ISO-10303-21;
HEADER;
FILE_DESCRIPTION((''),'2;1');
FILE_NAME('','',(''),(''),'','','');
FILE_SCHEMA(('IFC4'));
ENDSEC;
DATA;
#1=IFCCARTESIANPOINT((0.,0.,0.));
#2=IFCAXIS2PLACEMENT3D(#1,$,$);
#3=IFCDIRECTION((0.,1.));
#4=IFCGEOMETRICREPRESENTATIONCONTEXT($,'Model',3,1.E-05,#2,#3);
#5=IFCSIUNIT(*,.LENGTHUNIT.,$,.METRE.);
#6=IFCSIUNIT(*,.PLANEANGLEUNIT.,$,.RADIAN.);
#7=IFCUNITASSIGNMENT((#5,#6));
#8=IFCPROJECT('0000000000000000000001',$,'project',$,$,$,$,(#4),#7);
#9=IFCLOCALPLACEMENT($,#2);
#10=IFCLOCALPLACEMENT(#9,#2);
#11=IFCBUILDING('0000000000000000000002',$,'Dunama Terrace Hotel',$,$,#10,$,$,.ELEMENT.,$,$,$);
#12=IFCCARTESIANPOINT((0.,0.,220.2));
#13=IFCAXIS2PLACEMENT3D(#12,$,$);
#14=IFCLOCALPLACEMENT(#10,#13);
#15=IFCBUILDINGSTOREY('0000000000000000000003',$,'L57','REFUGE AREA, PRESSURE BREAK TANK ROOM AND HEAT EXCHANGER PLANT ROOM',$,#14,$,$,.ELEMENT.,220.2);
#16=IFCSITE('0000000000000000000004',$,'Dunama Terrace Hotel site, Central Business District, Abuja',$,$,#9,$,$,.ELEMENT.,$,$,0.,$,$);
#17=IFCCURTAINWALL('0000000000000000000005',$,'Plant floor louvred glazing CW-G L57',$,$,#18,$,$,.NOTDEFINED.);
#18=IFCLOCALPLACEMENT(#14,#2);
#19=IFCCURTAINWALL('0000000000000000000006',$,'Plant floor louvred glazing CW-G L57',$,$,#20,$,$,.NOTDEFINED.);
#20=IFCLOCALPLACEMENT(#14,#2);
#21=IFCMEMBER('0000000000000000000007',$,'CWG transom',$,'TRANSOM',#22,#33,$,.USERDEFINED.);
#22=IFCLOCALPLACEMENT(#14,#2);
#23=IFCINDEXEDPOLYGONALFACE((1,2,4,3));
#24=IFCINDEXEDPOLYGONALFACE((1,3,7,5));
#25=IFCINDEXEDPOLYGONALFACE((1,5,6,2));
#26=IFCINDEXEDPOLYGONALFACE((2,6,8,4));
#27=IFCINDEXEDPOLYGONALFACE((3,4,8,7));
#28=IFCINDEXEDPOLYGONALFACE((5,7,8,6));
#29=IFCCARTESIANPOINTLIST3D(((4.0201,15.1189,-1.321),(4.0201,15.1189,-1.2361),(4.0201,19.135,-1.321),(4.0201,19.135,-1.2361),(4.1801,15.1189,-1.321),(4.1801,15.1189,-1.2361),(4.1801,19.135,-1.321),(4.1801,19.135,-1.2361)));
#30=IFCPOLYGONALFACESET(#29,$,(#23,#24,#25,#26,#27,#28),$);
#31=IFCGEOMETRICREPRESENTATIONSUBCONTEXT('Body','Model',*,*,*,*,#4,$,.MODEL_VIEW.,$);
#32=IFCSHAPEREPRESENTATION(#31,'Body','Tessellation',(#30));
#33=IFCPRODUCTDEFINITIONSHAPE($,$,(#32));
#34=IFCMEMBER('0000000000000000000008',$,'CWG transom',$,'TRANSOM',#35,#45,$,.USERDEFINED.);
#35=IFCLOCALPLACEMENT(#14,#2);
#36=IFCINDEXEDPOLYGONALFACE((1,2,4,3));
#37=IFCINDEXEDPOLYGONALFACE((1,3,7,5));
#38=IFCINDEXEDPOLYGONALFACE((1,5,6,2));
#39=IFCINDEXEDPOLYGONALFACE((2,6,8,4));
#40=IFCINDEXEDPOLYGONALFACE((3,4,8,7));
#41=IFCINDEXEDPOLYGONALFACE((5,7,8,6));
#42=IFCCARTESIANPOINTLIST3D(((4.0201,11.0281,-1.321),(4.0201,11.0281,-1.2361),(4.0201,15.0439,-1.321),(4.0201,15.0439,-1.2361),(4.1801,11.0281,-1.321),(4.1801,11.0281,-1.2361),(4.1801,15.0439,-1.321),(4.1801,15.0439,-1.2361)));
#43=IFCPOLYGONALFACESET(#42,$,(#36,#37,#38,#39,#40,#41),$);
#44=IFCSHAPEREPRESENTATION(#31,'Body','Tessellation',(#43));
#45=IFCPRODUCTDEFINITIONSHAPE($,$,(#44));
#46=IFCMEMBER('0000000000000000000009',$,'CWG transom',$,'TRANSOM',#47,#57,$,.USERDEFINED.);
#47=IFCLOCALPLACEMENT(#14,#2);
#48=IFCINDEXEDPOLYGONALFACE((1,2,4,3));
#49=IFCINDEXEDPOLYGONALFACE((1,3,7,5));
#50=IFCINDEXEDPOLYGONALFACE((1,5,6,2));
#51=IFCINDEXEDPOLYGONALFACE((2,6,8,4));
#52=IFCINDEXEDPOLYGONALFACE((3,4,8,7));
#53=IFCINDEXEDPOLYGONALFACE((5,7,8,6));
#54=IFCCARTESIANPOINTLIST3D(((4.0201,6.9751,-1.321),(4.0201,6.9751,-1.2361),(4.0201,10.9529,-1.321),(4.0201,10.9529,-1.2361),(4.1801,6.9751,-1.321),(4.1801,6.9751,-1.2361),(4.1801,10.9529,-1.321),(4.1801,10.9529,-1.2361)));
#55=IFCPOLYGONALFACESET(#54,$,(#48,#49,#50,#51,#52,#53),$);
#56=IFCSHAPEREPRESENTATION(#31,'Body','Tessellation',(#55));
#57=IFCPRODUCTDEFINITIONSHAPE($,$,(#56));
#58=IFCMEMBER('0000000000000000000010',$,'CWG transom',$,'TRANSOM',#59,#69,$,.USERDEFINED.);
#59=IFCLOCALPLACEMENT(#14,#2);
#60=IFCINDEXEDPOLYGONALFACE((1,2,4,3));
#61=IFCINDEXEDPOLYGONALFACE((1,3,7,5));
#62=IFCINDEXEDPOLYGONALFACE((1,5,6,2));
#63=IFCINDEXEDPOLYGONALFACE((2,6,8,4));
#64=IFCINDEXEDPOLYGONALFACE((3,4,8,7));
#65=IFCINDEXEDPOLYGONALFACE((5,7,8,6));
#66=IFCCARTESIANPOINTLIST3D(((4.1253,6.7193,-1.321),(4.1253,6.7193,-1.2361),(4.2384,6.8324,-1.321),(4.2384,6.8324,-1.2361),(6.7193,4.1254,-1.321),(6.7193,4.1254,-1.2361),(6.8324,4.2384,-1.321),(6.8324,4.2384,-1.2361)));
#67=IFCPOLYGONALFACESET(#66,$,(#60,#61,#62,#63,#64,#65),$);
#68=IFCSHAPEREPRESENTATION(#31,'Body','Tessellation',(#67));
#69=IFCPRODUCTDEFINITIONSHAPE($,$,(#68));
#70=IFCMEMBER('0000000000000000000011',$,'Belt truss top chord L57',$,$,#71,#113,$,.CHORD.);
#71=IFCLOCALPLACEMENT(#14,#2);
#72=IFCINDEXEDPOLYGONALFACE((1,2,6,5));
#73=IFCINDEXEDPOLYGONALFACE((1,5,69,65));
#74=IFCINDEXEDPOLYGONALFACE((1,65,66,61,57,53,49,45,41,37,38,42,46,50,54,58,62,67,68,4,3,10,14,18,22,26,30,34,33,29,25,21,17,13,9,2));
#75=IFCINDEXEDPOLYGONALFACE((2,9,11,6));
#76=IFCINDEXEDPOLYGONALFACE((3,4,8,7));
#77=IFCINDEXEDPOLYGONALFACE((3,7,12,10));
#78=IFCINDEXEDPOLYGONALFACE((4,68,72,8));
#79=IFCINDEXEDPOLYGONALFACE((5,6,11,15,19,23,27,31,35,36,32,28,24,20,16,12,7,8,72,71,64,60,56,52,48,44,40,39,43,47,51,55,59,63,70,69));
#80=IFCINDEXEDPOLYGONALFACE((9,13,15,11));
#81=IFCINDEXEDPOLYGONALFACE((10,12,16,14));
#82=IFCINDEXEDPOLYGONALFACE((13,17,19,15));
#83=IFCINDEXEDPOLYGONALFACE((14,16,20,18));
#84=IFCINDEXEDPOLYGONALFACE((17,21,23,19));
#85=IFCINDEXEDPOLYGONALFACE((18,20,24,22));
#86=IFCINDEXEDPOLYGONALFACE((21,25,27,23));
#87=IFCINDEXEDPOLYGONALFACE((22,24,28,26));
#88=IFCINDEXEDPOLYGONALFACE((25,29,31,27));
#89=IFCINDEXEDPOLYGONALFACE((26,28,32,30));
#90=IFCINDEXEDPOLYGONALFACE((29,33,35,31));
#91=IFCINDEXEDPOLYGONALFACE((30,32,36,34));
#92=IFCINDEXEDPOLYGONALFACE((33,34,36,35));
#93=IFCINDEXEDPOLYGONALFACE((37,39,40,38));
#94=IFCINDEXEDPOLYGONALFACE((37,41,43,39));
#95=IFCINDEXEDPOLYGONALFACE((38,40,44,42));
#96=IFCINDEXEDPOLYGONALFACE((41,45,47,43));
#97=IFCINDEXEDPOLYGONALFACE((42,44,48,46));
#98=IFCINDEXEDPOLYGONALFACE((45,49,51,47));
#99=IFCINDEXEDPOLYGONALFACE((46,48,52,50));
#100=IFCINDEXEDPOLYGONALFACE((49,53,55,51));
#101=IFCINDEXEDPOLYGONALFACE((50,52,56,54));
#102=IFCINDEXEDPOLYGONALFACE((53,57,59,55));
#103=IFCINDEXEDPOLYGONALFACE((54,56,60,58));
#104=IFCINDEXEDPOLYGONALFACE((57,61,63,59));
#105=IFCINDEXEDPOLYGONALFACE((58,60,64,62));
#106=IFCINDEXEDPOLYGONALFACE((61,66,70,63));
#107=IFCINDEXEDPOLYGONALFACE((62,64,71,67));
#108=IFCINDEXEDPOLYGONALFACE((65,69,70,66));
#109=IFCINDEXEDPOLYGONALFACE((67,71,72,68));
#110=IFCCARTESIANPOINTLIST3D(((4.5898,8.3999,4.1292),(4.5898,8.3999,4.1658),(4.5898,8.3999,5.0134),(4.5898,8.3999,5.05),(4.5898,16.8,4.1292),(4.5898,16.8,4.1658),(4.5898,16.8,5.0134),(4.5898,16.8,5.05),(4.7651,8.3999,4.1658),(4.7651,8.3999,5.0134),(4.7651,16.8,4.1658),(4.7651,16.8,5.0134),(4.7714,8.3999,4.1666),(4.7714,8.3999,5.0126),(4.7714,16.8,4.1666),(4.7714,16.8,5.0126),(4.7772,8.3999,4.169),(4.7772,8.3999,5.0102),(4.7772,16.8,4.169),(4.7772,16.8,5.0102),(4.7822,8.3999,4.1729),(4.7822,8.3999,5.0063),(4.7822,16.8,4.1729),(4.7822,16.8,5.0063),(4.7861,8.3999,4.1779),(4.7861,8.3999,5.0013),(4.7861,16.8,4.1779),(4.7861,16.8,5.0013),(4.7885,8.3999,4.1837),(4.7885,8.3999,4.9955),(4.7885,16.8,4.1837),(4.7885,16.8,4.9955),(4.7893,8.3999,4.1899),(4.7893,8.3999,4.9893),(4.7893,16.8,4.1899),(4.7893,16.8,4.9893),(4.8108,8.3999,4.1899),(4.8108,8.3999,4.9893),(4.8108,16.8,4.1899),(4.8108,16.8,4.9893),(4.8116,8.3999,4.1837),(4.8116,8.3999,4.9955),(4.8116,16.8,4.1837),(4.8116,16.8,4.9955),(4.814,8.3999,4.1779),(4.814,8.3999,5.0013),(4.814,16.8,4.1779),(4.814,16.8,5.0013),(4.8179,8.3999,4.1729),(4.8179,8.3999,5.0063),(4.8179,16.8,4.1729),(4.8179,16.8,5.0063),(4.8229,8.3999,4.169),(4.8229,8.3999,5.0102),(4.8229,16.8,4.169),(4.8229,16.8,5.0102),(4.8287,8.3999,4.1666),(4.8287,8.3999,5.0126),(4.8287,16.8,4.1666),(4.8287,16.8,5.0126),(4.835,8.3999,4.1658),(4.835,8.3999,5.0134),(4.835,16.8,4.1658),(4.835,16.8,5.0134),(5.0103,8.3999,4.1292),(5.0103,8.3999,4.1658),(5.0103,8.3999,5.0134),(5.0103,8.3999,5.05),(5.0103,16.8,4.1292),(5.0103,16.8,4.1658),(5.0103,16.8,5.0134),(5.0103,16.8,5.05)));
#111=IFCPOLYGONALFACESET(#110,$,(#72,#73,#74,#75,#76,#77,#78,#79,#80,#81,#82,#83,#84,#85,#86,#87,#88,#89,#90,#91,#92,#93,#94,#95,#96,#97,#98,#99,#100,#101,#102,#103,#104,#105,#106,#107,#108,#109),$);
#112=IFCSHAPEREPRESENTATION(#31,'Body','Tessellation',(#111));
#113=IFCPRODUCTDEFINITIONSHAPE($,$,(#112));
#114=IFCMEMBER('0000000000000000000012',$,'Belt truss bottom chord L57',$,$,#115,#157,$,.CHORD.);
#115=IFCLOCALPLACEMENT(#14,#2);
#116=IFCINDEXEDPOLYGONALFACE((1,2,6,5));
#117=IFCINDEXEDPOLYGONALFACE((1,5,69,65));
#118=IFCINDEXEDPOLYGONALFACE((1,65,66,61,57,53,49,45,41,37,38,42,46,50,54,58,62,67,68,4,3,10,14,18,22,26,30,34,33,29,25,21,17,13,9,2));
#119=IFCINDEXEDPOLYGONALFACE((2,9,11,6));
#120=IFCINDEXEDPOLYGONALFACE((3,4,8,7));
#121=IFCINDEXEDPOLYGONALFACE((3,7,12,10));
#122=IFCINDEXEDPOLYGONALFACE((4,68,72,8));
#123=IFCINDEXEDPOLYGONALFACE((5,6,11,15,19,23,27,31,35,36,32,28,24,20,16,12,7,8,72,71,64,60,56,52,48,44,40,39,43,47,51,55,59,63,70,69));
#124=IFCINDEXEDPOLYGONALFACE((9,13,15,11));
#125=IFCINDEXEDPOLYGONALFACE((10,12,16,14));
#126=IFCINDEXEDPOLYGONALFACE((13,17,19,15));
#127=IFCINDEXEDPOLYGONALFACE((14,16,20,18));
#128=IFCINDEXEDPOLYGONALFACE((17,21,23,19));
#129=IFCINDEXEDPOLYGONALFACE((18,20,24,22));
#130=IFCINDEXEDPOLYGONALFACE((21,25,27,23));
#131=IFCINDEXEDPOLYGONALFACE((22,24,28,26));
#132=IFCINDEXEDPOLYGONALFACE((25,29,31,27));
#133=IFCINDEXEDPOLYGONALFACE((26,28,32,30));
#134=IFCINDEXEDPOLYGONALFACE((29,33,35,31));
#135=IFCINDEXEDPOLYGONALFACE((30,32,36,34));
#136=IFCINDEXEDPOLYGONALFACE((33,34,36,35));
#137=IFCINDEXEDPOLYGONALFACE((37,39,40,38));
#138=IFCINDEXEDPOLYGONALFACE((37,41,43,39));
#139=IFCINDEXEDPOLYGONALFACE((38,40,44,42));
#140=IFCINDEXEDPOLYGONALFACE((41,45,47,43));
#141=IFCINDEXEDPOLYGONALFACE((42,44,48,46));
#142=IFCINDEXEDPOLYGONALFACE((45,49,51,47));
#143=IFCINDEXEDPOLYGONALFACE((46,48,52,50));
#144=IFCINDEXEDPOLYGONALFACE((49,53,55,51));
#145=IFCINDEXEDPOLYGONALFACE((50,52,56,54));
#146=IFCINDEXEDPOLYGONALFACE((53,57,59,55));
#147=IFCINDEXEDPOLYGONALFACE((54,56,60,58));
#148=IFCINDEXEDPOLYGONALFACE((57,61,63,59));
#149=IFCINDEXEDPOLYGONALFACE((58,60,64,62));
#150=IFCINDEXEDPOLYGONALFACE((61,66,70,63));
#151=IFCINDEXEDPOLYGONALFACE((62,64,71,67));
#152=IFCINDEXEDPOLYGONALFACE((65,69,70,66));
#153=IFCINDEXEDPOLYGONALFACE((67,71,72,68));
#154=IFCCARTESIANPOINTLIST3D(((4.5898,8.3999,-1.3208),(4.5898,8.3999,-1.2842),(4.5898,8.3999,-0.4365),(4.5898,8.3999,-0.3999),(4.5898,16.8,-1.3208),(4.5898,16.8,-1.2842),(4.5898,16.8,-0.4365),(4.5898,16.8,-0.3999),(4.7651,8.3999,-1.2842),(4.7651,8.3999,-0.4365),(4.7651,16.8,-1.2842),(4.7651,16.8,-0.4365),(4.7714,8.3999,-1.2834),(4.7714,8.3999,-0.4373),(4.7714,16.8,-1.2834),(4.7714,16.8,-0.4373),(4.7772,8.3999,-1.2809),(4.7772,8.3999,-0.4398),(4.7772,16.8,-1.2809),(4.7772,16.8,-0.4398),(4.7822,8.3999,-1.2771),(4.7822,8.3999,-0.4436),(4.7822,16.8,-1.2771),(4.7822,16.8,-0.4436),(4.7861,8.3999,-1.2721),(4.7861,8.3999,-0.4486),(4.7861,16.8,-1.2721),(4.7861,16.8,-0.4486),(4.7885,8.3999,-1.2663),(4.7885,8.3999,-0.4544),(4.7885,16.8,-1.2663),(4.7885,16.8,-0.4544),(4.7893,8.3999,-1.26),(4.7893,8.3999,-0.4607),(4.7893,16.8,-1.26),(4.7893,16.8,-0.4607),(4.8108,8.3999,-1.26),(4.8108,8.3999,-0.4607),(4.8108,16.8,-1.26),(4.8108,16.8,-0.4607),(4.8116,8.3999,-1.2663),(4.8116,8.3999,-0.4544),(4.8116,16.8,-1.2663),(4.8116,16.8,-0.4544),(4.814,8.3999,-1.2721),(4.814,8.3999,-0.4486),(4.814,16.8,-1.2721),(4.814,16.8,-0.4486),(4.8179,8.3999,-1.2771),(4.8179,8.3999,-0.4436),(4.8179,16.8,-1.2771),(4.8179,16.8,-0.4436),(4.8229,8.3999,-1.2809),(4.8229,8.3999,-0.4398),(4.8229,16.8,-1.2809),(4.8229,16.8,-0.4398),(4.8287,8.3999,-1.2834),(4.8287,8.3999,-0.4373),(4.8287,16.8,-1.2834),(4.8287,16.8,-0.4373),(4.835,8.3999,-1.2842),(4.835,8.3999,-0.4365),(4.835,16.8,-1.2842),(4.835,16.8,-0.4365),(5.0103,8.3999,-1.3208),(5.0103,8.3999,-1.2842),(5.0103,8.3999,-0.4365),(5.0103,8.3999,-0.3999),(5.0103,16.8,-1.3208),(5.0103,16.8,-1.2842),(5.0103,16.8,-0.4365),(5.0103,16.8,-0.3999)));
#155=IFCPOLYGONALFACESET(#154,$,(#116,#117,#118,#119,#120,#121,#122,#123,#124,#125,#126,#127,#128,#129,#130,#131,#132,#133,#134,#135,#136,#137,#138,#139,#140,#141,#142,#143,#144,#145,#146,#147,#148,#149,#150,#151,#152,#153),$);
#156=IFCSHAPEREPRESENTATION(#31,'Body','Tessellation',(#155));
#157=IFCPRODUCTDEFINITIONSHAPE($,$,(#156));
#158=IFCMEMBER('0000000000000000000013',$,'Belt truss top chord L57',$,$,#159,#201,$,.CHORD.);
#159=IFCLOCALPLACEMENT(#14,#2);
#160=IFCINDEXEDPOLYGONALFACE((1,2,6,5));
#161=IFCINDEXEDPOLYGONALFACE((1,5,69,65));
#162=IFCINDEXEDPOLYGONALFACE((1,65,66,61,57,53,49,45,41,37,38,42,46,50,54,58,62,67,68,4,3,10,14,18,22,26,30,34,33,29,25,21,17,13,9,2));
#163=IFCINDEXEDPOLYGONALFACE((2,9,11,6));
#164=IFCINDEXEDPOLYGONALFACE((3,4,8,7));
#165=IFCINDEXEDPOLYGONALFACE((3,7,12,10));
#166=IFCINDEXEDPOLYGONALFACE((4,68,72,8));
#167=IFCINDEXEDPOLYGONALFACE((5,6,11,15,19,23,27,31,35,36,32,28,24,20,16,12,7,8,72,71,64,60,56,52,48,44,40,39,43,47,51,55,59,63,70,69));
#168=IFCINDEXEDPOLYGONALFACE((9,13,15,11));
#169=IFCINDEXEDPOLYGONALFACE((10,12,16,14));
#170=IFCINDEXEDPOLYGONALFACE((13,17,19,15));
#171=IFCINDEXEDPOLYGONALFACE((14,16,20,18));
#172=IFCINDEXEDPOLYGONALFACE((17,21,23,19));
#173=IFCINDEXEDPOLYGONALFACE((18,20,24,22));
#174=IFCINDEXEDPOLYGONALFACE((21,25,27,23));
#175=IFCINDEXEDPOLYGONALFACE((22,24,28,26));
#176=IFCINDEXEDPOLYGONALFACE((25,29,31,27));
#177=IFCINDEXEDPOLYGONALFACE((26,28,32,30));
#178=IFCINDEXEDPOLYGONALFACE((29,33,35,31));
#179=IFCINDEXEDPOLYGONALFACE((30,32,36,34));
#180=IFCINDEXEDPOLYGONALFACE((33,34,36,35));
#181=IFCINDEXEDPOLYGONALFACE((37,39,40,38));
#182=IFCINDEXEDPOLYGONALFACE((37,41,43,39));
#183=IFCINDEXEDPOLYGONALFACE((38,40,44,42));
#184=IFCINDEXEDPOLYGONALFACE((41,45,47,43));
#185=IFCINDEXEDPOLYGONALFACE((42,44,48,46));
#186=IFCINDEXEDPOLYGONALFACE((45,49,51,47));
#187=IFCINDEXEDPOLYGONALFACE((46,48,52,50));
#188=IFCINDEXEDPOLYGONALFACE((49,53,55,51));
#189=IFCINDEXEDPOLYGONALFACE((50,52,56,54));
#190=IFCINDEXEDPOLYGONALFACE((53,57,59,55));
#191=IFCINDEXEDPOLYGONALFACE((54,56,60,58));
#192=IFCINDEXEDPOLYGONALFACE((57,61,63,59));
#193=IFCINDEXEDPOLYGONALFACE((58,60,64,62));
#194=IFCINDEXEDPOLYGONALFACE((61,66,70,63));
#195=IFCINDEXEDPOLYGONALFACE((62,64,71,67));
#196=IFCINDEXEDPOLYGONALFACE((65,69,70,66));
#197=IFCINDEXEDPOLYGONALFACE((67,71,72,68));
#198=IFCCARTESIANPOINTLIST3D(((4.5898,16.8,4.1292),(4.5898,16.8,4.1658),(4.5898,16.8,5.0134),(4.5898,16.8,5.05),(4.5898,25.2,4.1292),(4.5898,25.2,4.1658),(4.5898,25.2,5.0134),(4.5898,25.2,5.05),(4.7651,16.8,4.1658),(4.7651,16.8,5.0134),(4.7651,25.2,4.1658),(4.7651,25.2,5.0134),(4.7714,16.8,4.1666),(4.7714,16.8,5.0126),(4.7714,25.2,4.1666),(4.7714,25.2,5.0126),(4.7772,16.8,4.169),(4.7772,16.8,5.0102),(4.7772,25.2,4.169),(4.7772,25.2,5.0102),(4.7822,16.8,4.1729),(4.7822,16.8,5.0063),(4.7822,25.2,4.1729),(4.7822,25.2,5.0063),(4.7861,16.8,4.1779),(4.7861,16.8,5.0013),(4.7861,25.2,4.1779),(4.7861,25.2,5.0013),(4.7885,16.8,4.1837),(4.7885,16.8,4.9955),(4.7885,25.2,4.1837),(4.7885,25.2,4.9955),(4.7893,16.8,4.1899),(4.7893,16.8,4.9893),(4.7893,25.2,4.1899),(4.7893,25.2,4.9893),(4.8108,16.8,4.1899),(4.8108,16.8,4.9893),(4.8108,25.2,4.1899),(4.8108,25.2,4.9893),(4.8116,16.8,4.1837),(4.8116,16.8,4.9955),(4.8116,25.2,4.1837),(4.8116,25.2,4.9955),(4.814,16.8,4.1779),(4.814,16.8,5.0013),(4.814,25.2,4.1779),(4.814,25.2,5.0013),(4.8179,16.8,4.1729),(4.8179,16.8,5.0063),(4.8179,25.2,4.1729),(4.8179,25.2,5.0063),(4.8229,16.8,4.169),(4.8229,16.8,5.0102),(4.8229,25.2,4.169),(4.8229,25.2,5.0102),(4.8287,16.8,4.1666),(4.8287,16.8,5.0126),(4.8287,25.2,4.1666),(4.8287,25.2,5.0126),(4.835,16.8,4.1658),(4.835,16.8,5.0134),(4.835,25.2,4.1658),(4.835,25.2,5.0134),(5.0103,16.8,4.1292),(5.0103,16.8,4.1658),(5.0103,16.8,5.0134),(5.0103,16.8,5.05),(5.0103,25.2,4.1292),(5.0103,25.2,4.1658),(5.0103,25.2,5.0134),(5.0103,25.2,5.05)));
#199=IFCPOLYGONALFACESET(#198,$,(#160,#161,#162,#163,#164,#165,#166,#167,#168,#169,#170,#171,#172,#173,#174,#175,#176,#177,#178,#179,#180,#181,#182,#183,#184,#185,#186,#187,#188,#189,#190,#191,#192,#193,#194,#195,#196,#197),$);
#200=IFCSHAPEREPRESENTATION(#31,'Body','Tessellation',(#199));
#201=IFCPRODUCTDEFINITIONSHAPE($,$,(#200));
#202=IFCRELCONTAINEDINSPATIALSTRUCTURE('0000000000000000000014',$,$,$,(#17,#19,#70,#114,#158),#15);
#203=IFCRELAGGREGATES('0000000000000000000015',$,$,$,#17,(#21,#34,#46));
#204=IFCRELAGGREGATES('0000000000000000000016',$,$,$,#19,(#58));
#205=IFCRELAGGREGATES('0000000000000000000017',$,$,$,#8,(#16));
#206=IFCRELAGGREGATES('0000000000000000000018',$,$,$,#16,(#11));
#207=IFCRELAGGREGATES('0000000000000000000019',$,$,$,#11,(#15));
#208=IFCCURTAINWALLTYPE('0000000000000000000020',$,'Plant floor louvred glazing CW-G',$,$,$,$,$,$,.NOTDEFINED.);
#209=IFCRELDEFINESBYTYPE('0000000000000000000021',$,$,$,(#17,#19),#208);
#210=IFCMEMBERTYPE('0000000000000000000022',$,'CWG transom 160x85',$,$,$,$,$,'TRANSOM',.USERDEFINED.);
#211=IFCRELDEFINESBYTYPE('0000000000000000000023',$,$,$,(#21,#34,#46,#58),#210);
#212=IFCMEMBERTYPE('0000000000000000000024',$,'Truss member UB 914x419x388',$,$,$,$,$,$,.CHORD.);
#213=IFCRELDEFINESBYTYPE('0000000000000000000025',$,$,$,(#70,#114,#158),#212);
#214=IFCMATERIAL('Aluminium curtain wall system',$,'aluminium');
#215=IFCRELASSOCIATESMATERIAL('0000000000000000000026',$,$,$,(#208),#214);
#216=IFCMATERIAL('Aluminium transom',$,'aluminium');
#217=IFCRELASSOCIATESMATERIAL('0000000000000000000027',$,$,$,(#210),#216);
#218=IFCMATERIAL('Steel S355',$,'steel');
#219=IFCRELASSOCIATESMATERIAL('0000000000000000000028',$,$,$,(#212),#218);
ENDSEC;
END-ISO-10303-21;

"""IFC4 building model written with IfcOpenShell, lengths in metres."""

from ifc_helpers import new_model, si_unit, direction, frame, origin, origin_2d, place, context, subcontext, project, spatial, rectangle, i_section, extrude, material, material_profile, profile_set, type_object, element, aggregate, save


model = new_model("IFC4")

# Units and contexts
model_context = context("Model", 3, precision=1e-05, world=origin(), true_north=direction((0.0, 1.0)))
body_context = subcontext(model_context, "Body", "Model", "MODEL_VIEW")
ifc_project = project(units=[si_unit("LENGTHUNIT", "METRE"), si_unit("PLANEANGLEUNIT", "RADIAN")], contexts=[model_context])

# Site, building, storey
site_placement = place(None, origin())
site = spatial("IfcSite", under=ifc_project, at=site_placement, Name="Dunama Terrace Hotel site, Central Business District, Abuja", CompositionType="ELEMENT", RefElevation=0.0)
building_placement = place(site_placement, origin())
building = spatial("IfcBuilding", under=site, at=building_placement, Name="Dunama Terrace Hotel", CompositionType="ELEMENT")
storey_placement = place(building_placement, frame((0.0, 0.0, 220.2)))
storey = spatial("IfcBuildingStorey", under=building, at=storey_placement, Name="L57", Description="REFUGE AREA, PRESSURE BREAK TANK ROOM AND HEAT EXCHANGER PLANT ROOM", CompositionType="ELEMENT", Elevation=220.2)

# Curtain walls
ifc_material_1 = material(Name="Aluminium curtain wall system", Category="aluminium")
curtain_wall_type = type_object("IfcCurtainWallType", Name="Plant floor louvred glazing CW-G", PredefinedType="NOTDEFINED", material=ifc_material_1)
curtain_wall_1_placement = place(storey_placement, origin())
curtain_wall_1 = element("IfcCurtainWall", 1, at=curtain_wall_1_placement, inside=storey, type_object=curtain_wall_type, Name="Plant floor louvred glazing CW-G L57", PredefinedType="NOTDEFINED")
curtain_wall_2_placement = place(storey_placement, origin())
curtain_wall_2 = element("IfcCurtainWall", 2, at=curtain_wall_2_placement, inside=storey, type_object=curtain_wall_type, Name="Plant floor louvred glazing CW-G L57", PredefinedType="NOTDEFINED")

# Members
ifc_material_2 = material(Name="Aluminium transom", Category="aluminium")
ifc_material_profile_1 = material_profile(ifc_material_2, rectangle(XDim=0.1599, YDim=0.085, at=origin_2d()), Name="CWG TRANSOM 160X85")
ifc_profile_set_1 = profile_set([ifc_material_profile_1], Name="Aluminium transom")
member_type_1 = type_object("IfcMemberType", Name="CWG transom 160x85", ElementType="TRANSOM", PredefinedType="USERDEFINED", material=ifc_profile_set_1)
member_1_placement = place(storey_placement, frame((4.1001, 19.135, -1.2786), z_axis=(0.0, -1.0, 0.0), x_axis=(1.0, 0.0, 0.0)))
member_1 = element("IfcMember", 3, at=member_1_placement, type_object=member_type_1, Name="CWG transom", ObjectType="TRANSOM", PredefinedType="USERDEFINED", context=body_context, shape_type="SweptSolid", body=[
    extrude(rectangle(XDim=0.1599, YDim=0.085, at=origin_2d()), origin(), (0.0, 0.0, 1.0), 4.0161),
])
member_2_placement = place(storey_placement, frame((4.1001, 15.0439, -1.2786), z_axis=(0.0, -1.0, 0.0), x_axis=(1.0, 0.0, 0.0)))
member_2 = element("IfcMember", 4, at=member_2_placement, type_object=member_type_1, Name="CWG transom", ObjectType="TRANSOM", PredefinedType="USERDEFINED", context=body_context, shape_type="SweptSolid", body=[
    extrude(rectangle(XDim=0.1599, YDim=0.085, at=origin_2d()), origin(), (0.0, 0.0, 1.0), 4.0159),
])
member_3_placement = place(storey_placement, frame((4.1001, 10.9529, -1.2786), z_axis=(0.0, -1.0, 0.0), x_axis=(1.0, 0.0, 0.0)))
member_3 = element("IfcMember", 5, at=member_3_placement, type_object=member_type_1, Name="CWG transom", ObjectType="TRANSOM", PredefinedType="USERDEFINED", context=body_context, shape_type="SweptSolid", body=[
    extrude(rectangle(XDim=0.1599, YDim=0.085, at=origin_2d()), origin(), (0.0, 0.0, 1.0), 3.9778),
])
member_4_placement = place(storey_placement, frame((4.1819, 6.7759, -1.2786), z_axis=(0.707107, -0.707107, 0.0), x_axis=(0.707107, 0.707107, 0.0)))
member_4 = element("IfcMember", 6, at=member_4_placement, type_object=member_type_1, Name="CWG transom", ObjectType="TRANSOM", PredefinedType="USERDEFINED", context=body_context, shape_type="SweptSolid", body=[
    extrude(rectangle(XDim=0.1599, YDim=0.085, at=origin_2d()), origin(), (0.0, 0.0, 1.0), 3.6685),
])

# Members
ifc_material_3 = material(Name="Steel S355", Category="steel")
ifc_material_profile_2 = material_profile(ifc_material_3, i_section(OverallWidth=0.4204, OverallDepth=0.9209, WebThickness=0.0215, FlangeThickness=0.0366, FilletRadius=0.0242, at=origin_2d()), Name="UB 914x419x388")
ifc_profile_set_2 = profile_set([ifc_material_profile_2], Name="Steel S355")
member_type_2 = type_object("IfcMemberType", Name="Truss member UB 914x419x388", PredefinedType="CHORD", material=ifc_profile_set_2)
for number, where, z_axis, x_axis, name in (
    (7, (4.8, 8.3999, 4.5896), (0.0, 1.0, 0.0), (-1.0, 0.0, 0.0), "Belt truss top chord L57"),
    (8, (4.8, 8.3999, -0.8604), (0.0, 1.0, 0.0), (-1.0, 0.0, 0.0), "Belt truss bottom chord L57"),
):
    element("IfcMember", number, at=place(storey_placement, frame(where, z_axis=z_axis, x_axis=x_axis)), inside=storey, type_object=member_type_2, Name=name, PredefinedType="CHORD", context=body_context, shape_type="SweptSolid", body=[
        extrude(i_section(OverallWidth=0.4204, OverallDepth=0.9209, WebThickness=0.0215, FlangeThickness=0.0366, FilletRadius=0.0242, at=origin_2d()), origin(), (0.0, 0.0, 1.0), 8.4001),
    ])
for number, where, z_axis, x_axis, name in (
    (9, (4.8, 16.8, 4.5896), (0.0, 1.0, 0.0), (-1.0, 0.0, 0.0), "Belt truss top chord L57"),
):
    element("IfcMember", number, at=place(storey_placement, frame(where, z_axis=z_axis, x_axis=x_axis)), inside=storey, type_object=member_type_2, Name=name, PredefinedType="CHORD", context=body_context, shape_type="SweptSolid", body=[
        extrude(i_section(OverallWidth=0.4204, OverallDepth=0.9209, WebThickness=0.0215, FlangeThickness=0.0366, FilletRadius=0.0242, at=origin_2d()), origin(), (0.0, 0.0, 1.0), 8.3999),
    ])

aggregate(curtain_wall_1, [member_1, member_2, member_3])
aggregate(curtain_wall_2, [member_4])

save(model, "model.ifc")
